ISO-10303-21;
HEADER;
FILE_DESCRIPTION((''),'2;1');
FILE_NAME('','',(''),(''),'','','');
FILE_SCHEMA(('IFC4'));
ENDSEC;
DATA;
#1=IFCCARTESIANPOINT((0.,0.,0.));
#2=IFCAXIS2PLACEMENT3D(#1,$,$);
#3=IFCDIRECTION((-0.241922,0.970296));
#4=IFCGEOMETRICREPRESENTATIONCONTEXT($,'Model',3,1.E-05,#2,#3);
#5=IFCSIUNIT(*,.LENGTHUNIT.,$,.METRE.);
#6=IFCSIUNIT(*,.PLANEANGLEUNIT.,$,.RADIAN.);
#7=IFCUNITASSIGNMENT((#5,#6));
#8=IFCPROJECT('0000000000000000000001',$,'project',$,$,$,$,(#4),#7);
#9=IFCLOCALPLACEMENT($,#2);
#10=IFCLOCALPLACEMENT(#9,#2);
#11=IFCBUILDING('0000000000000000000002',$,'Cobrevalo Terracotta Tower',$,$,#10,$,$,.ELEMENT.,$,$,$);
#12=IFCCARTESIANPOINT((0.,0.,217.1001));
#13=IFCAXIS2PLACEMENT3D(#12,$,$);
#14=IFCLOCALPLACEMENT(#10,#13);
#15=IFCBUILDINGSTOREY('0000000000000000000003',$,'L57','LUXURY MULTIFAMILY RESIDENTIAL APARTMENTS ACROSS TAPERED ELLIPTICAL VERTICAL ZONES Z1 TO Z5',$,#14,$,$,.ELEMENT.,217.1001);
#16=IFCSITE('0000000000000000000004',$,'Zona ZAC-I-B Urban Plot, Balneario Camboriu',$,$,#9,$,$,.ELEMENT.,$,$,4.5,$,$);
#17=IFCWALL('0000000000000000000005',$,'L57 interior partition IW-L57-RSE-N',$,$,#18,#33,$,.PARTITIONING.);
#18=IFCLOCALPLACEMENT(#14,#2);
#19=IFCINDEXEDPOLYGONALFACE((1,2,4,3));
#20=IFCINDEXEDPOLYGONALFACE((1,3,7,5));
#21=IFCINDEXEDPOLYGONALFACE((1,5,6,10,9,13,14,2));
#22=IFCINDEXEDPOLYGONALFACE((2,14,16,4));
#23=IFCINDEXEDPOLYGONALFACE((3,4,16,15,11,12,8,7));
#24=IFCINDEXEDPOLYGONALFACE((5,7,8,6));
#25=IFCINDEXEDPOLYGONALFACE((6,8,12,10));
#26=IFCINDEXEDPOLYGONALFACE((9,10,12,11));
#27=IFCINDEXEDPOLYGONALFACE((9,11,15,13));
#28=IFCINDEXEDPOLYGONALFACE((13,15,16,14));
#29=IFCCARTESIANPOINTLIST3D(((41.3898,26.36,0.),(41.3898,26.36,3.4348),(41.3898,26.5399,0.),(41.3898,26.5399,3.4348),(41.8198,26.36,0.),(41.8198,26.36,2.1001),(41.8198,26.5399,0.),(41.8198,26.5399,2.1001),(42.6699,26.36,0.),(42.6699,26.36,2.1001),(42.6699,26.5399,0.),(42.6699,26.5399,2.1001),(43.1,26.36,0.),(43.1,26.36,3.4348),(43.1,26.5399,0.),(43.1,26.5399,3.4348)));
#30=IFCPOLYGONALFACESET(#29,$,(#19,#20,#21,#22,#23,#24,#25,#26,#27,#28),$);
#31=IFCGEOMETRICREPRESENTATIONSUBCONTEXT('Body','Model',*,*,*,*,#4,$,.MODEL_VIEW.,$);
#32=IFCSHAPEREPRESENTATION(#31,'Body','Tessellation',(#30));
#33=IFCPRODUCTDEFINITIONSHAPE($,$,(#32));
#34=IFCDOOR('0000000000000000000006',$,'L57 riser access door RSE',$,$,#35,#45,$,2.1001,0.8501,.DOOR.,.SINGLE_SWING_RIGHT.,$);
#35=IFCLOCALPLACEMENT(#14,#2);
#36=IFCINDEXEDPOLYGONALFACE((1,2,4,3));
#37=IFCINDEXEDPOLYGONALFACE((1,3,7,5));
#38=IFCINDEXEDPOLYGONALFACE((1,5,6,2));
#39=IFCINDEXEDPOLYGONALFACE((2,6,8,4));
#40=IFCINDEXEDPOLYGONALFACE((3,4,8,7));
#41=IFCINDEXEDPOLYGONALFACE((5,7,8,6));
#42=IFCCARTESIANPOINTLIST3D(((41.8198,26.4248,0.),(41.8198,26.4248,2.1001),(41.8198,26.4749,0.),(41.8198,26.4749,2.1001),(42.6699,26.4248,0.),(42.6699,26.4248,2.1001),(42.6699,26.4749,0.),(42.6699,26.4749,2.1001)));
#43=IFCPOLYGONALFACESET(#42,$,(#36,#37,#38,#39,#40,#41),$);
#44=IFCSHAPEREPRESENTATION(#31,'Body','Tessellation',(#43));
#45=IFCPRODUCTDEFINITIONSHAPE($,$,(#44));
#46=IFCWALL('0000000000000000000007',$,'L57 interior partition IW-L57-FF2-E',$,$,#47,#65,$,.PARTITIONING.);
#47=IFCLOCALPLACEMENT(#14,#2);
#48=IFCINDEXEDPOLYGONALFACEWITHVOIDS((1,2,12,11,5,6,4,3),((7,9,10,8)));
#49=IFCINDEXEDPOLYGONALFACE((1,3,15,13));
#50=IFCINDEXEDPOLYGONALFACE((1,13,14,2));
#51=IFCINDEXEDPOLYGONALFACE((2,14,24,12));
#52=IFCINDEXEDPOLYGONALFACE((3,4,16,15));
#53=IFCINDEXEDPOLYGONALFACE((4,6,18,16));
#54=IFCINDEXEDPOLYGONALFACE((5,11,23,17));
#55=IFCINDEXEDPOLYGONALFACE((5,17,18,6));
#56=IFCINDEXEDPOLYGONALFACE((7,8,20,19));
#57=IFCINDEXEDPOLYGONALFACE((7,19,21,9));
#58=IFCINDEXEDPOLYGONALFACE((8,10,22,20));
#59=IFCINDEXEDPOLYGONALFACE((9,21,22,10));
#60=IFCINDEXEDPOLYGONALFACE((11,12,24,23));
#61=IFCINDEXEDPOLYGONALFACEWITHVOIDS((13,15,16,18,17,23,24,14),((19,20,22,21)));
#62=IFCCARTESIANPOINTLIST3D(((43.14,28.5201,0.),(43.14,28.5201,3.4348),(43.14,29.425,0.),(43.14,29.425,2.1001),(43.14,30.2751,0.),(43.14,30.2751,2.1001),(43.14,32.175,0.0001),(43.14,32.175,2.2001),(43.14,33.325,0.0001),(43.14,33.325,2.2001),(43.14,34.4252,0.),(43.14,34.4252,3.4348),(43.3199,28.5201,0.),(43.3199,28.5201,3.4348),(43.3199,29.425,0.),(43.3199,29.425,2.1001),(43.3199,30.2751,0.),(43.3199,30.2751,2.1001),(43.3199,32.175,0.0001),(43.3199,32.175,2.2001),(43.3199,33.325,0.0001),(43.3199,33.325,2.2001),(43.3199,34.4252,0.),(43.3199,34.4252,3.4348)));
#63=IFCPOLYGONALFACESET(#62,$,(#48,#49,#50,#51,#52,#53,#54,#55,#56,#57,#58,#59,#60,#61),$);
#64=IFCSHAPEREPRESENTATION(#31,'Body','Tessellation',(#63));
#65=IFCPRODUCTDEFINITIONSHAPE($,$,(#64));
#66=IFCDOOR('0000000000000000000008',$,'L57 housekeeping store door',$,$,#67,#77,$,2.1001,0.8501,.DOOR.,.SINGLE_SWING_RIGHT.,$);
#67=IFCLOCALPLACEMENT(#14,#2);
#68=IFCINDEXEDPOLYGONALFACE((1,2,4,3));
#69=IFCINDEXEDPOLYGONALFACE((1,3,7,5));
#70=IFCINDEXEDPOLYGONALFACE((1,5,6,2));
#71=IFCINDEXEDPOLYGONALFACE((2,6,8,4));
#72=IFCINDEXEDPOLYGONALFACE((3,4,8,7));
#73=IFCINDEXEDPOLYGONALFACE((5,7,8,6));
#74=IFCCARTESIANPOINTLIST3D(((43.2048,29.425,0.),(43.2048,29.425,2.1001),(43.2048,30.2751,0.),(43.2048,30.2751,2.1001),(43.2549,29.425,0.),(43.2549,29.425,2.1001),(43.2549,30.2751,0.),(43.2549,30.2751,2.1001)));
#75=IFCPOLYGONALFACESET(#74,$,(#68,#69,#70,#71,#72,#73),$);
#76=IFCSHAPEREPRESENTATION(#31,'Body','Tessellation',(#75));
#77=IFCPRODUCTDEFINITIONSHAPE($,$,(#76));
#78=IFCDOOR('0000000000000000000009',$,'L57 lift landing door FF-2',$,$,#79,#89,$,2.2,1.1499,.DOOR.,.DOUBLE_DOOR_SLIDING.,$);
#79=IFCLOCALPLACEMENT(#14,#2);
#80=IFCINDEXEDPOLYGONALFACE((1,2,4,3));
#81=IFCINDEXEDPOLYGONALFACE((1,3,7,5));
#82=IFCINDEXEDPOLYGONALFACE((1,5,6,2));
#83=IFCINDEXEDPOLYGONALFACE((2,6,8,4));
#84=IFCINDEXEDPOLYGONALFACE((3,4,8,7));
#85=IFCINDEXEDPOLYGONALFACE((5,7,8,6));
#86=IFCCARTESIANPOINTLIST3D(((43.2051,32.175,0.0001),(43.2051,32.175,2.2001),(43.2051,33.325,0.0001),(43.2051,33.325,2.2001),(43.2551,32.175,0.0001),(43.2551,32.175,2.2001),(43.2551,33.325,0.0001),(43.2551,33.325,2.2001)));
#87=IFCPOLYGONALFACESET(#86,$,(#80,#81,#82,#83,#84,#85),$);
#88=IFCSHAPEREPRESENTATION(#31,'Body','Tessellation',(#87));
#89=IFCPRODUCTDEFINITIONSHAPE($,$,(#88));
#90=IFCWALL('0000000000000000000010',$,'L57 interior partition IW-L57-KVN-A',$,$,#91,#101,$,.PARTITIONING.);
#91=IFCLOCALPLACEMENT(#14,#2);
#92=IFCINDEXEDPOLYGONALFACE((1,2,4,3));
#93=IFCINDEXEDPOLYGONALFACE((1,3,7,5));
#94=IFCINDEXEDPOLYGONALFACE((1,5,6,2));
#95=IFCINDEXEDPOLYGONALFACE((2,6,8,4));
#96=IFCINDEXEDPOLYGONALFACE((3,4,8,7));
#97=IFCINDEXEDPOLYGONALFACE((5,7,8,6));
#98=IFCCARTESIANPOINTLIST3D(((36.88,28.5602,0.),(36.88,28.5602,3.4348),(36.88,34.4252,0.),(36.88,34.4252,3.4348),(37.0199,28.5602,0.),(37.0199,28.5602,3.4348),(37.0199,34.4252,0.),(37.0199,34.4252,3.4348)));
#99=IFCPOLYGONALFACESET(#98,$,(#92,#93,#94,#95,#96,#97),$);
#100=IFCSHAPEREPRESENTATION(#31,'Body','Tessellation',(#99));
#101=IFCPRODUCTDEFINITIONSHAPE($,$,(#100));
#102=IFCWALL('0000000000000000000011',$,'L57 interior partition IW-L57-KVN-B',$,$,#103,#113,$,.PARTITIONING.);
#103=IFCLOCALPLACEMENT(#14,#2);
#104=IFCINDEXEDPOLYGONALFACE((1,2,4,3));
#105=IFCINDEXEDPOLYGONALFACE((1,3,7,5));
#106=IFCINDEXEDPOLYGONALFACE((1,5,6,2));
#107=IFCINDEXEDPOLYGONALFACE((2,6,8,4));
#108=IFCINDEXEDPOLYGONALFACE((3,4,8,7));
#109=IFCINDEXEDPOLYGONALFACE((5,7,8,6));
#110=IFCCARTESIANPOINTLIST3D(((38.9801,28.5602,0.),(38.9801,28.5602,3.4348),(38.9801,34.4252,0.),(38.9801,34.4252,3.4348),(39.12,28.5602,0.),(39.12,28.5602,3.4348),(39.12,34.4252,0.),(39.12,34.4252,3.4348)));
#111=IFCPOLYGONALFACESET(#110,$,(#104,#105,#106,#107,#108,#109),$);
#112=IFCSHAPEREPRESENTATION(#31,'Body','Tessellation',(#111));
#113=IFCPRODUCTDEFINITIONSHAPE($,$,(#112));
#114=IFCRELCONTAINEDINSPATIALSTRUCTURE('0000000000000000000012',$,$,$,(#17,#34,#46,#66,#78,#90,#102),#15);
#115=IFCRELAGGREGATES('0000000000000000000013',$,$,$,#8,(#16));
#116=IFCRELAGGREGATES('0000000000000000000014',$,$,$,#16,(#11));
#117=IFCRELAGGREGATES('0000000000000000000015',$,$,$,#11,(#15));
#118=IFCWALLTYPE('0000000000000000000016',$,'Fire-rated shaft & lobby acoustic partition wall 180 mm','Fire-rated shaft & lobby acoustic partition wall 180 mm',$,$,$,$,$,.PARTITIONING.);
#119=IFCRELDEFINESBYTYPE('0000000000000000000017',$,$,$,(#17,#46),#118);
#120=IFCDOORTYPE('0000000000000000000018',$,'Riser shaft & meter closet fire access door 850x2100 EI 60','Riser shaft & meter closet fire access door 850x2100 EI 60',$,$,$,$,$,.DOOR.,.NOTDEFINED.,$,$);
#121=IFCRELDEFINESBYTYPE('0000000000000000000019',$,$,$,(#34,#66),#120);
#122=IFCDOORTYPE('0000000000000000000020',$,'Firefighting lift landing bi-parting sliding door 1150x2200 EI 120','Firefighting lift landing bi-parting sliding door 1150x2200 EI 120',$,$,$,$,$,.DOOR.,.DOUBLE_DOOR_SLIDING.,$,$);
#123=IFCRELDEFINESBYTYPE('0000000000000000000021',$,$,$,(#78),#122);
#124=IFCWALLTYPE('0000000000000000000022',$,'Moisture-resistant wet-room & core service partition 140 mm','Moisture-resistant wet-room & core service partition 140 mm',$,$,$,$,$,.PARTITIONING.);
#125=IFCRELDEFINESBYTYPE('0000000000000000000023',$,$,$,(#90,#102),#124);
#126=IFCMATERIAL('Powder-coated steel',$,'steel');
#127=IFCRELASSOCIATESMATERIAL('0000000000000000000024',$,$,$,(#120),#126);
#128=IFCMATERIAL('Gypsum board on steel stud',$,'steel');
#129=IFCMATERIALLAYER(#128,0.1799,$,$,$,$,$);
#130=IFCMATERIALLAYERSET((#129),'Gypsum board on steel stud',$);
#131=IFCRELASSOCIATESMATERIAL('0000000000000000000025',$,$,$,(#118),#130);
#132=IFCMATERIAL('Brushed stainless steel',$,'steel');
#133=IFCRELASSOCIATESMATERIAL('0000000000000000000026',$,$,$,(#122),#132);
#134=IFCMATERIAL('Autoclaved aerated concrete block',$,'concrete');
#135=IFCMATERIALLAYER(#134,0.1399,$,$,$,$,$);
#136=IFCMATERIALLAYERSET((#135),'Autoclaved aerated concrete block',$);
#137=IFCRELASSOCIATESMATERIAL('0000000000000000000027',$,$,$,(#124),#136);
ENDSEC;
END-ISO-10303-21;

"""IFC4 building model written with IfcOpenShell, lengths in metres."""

from ifc_helpers import new_model, si_unit, direction, frame, frame_2d, origin, place, context, subcontext, project, spatial, rectangle, extrude, source, transform, mapped, material, layer, layer_set, type_object, element, fill, save


model = new_model("IFC4")

# Units and contexts
model_context = context("Model", 3, precision=1e-05, world=origin(), true_north=direction((-0.241922, 0.970296)))
body_context = subcontext(model_context, "Body", "Model", "MODEL_VIEW")
ifc_project = project(units=[si_unit("LENGTHUNIT", "METRE"), si_unit("PLANEANGLEUNIT", "RADIAN")], contexts=[model_context])

# Site, building, storey
site_placement = place(None, origin())
site = spatial("IfcSite", under=ifc_project, at=site_placement, Name="Zona ZAC-I-B Urban Plot, Balneario Camboriu", CompositionType="ELEMENT", RefElevation=4.5)
building_placement = place(site_placement, origin())
building = spatial("IfcBuilding", under=site, at=building_placement, Name="Cobrevalo Terracotta Tower", CompositionType="ELEMENT")
storey_placement = place(building_placement, frame((0.0, 0.0, 217.1001)))
storey = spatial("IfcBuildingStorey", under=building, at=storey_placement, Name="L57", Description="LUXURY MULTIFAMILY RESIDENTIAL APARTMENTS ACROSS TAPERED ELLIPTICAL VERTICAL ZONES Z1 TO Z5", CompositionType="ELEMENT", Elevation=217.1001)

# Shared definitions
ifc_material_1 = material(Name="Gypsum board on steel stud", Category="steel")

# Shared definitions
ifc_material_2 = material(Name="Powder-coated steel", Category="steel")
door_type_1 = type_object("IfcDoorType", Name="Riser shaft & meter closet fire access door 850x2100 EI 60", Description="Riser shaft & meter closet fire access door 850x2100 EI 60", OperationType="NOTDEFINED", PredefinedType="DOOR", material=ifc_material_2)
shared_shape_1 = source(origin(), body_context, "Body", "SweptSolid", [
    extrude(rectangle(XDim=0.8501, YDim=2.1001, at=frame_2d((0.425, 1.05))), frame((0.0, 0.0249, 0.0), z_axis=(0.0, -1.0, 0.0), x_axis=(1.0, 0.0, 0.0)), (0.0, 0.0, 1.0), 0.05),
])
ifc_material_3 = material(Name="Brushed stainless steel", Category="steel")

# Wall, opening, door
ifc_layer_1 = layer(ifc_material_1, 0.1799)
ifc_layer_set_1 = layer_set([ifc_layer_1], Name="Gypsum board on steel stud")
wall_type_1 = type_object("IfcWallType", Name="Fire-rated shaft & lobby acoustic partition wall 180 mm", Description="Fire-rated shaft & lobby acoustic partition wall 180 mm", PredefinedType="PARTITIONING", material=ifc_layer_set_1)
wall_1_placement = place(storey_placement, frame((41.3899, 26.45, 0.0), z_axis=(0.0, 0.0, 1.0), x_axis=(1.0, 0.0, 0.0)))
wall_1 = element("IfcWall", 1, at=wall_1_placement, inside=storey, type_object=wall_type_1, Name="L57 interior partition IW-L57-RSE-N", PredefinedType="PARTITIONING", context=body_context, shape_type="SweptSolid", body=[
    extrude(rectangle(XDim=1.7102, YDim=0.1799, at=frame_2d((0.855, 0.0))), origin(), (0.0, 0.0, 1.0), 3.4348),
])
opening_1_placement = place(wall_1_placement, frame((0.4299, 0.0, 0.0)))
opening_1 = element("IfcOpeningElement", 2, at=opening_1_placement, cuts=wall_1, PredefinedType="OPENING", context=body_context, shape_type="SweptSolid", body=[
    extrude(rectangle(XDim=0.8501, YDim=2.1001, at=frame_2d((0.425, 1.05))), frame((0.0, 0.1001, 0.0), z_axis=(0.0, -1.0, 0.0), x_axis=(1.0, 0.0, 0.0)), (0.0, 0.0, 1.0), 0.2),
])
door_1_placement = place(opening_1_placement, origin())
door_1 = element("IfcDoor", 3, at=door_1_placement, inside=storey, type_object=door_type_1, Name="L57 riser access door RSE", OperationType="SINGLE_SWING_RIGHT", OverallHeight=2.1001, OverallWidth=0.8501, PredefinedType="DOOR", context=body_context, shape_type="MappedRepresentation", body=[
    mapped(shared_shape_1, transform((0.0, 0.0, 0.0), scale=1.0)),
])
fill(opening_1, door_1)

# Wall, openings, doors
wall_2_placement = place(storey_placement, frame((43.23, 28.52, 0.0), z_axis=(0.0, 0.0, 1.0), x_axis=(0.0, 1.0, 0.0)))
wall_2 = element("IfcWall", 4, at=wall_2_placement, inside=storey, type_object=wall_type_1, Name="L57 interior partition IW-L57-FF2-E", PredefinedType="PARTITIONING", context=body_context, shape_type="SweptSolid", body=[
    extrude(rectangle(XDim=5.905, YDim=0.1799, at=frame_2d((2.9526, 0.0))), origin(), (0.0, 0.0, 1.0), 3.4348),
])
opening_2_placement = place(wall_2_placement, frame((0.905, 0.0, 0.0)))
opening_2 = element("IfcOpeningElement", 5, at=opening_2_placement, cuts=wall_2, PredefinedType="OPENING", context=body_context, shape_type="SweptSolid", body=[
    extrude(rectangle(XDim=0.8501, YDim=2.1001, at=frame_2d((0.425, 1.05))), frame((0.0, 0.1001, 0.0), z_axis=(0.0, -1.0, 0.0), x_axis=(1.0, 0.0, 0.0)), (0.0, 0.0, 1.0), 0.2),
])
opening_3_placement = place(wall_2_placement, frame((3.655, 0.0, 0.0)))
opening_3 = element("IfcOpeningElement", 6, at=opening_3_placement, cuts=wall_2, PredefinedType="OPENING", context=body_context, shape_type="SweptSolid", body=[
    extrude(rectangle(XDim=1.1499, YDim=2.2, at=frame_2d((0.575, 1.1001))), frame((0.0, 0.1001, 0.0), z_axis=(0.0, -1.0, 0.0), x_axis=(1.0, 0.0, 0.0)), (0.0, 0.0, 1.0), 0.2),
])
door_2_placement = place(opening_2_placement, frame((0.8501, 0.0, 0.0), z_axis=(0.0, 0.0, 1.0), x_axis=(-1.0, 0.0, 0.0)))
door_2 = element("IfcDoor", 7, at=door_2_placement, inside=storey, type_object=door_type_1, Name="L57 housekeeping store door", OperationType="SINGLE_SWING_RIGHT", OverallHeight=2.1001, OverallWidth=0.8501, PredefinedType="DOOR", context=body_context, shape_type="MappedRepresentation", body=[
    mapped(shared_shape_1, transform((0.0, 0.0, 0.0), scale=1.0)),
])
fill(opening_2, door_2)
door_type_2 = type_object("IfcDoorType", Name="Firefighting lift landing bi-parting sliding door 1150x2200 EI 120", Description="Firefighting lift landing bi-parting sliding door 1150x2200 EI 120", OperationType="DOUBLE_DOOR_SLIDING", PredefinedType="DOOR", material=ifc_material_3)
shared_shape_2 = source(origin(), body_context, "Body", "SweptSolid", [
    extrude(rectangle(XDim=1.1499, YDim=2.2, at=frame_2d((0.575, 1.1001))), frame((0.0, 0.0249, 0.0), z_axis=(0.0, -1.0, 0.0), x_axis=(1.0, 0.0, 0.0)), (0.0, 0.0, 1.0), 0.05),
])
door_3_placement = place(opening_3_placement, origin())
door_3 = element("IfcDoor", 8, at=door_3_placement, inside=storey, type_object=door_type_2, Name="L57 lift landing door FF-2", OperationType="DOUBLE_DOOR_SLIDING", OverallHeight=2.2, OverallWidth=1.1499, PredefinedType="DOOR", context=body_context, shape_type="MappedRepresentation", body=[
    mapped(shared_shape_2, transform((0.0, 0.0, 0.0), scale=1.0)),
])
fill(opening_3, door_3)

# Walls
ifc_material_4 = material(Name="Autoclaved aerated concrete block", Category="concrete")
ifc_layer_2 = layer(ifc_material_4, 0.1399)
ifc_layer_set_2 = layer_set([ifc_layer_2], Name="Autoclaved aerated concrete block")
wall_type_2 = type_object("IfcWallType", Name="Moisture-resistant wet-room & core service partition 140 mm", Description="Moisture-resistant wet-room & core service partition 140 mm", PredefinedType="PARTITIONING", material=ifc_layer_set_2)
for number, where, z_axis, x_axis, name in (
    (9, (36.95, 28.5601, 0.0), (0.0, 0.0, 1.0), (0.0, 1.0, 0.0), "L57 interior partition IW-L57-KVN-A"),
    (10, (39.05, 28.5601, 0.0), (0.0, 0.0, 1.0), (0.0, 1.0, 0.0), "L57 interior partition IW-L57-KVN-B"),
):
    element("IfcWall", number, at=place(storey_placement, frame(where, z_axis=z_axis, x_axis=x_axis)), inside=storey, type_object=wall_type_2, Name=name, PredefinedType="PARTITIONING", context=body_context, shape_type="SweptSolid", body=[
        extrude(rectangle(XDim=5.865, YDim=0.1399, at=frame_2d((2.9326, 0.0))), origin(), (0.0, 0.0, 1.0), 3.4348),
    ])

save(model, "model.ifc")
